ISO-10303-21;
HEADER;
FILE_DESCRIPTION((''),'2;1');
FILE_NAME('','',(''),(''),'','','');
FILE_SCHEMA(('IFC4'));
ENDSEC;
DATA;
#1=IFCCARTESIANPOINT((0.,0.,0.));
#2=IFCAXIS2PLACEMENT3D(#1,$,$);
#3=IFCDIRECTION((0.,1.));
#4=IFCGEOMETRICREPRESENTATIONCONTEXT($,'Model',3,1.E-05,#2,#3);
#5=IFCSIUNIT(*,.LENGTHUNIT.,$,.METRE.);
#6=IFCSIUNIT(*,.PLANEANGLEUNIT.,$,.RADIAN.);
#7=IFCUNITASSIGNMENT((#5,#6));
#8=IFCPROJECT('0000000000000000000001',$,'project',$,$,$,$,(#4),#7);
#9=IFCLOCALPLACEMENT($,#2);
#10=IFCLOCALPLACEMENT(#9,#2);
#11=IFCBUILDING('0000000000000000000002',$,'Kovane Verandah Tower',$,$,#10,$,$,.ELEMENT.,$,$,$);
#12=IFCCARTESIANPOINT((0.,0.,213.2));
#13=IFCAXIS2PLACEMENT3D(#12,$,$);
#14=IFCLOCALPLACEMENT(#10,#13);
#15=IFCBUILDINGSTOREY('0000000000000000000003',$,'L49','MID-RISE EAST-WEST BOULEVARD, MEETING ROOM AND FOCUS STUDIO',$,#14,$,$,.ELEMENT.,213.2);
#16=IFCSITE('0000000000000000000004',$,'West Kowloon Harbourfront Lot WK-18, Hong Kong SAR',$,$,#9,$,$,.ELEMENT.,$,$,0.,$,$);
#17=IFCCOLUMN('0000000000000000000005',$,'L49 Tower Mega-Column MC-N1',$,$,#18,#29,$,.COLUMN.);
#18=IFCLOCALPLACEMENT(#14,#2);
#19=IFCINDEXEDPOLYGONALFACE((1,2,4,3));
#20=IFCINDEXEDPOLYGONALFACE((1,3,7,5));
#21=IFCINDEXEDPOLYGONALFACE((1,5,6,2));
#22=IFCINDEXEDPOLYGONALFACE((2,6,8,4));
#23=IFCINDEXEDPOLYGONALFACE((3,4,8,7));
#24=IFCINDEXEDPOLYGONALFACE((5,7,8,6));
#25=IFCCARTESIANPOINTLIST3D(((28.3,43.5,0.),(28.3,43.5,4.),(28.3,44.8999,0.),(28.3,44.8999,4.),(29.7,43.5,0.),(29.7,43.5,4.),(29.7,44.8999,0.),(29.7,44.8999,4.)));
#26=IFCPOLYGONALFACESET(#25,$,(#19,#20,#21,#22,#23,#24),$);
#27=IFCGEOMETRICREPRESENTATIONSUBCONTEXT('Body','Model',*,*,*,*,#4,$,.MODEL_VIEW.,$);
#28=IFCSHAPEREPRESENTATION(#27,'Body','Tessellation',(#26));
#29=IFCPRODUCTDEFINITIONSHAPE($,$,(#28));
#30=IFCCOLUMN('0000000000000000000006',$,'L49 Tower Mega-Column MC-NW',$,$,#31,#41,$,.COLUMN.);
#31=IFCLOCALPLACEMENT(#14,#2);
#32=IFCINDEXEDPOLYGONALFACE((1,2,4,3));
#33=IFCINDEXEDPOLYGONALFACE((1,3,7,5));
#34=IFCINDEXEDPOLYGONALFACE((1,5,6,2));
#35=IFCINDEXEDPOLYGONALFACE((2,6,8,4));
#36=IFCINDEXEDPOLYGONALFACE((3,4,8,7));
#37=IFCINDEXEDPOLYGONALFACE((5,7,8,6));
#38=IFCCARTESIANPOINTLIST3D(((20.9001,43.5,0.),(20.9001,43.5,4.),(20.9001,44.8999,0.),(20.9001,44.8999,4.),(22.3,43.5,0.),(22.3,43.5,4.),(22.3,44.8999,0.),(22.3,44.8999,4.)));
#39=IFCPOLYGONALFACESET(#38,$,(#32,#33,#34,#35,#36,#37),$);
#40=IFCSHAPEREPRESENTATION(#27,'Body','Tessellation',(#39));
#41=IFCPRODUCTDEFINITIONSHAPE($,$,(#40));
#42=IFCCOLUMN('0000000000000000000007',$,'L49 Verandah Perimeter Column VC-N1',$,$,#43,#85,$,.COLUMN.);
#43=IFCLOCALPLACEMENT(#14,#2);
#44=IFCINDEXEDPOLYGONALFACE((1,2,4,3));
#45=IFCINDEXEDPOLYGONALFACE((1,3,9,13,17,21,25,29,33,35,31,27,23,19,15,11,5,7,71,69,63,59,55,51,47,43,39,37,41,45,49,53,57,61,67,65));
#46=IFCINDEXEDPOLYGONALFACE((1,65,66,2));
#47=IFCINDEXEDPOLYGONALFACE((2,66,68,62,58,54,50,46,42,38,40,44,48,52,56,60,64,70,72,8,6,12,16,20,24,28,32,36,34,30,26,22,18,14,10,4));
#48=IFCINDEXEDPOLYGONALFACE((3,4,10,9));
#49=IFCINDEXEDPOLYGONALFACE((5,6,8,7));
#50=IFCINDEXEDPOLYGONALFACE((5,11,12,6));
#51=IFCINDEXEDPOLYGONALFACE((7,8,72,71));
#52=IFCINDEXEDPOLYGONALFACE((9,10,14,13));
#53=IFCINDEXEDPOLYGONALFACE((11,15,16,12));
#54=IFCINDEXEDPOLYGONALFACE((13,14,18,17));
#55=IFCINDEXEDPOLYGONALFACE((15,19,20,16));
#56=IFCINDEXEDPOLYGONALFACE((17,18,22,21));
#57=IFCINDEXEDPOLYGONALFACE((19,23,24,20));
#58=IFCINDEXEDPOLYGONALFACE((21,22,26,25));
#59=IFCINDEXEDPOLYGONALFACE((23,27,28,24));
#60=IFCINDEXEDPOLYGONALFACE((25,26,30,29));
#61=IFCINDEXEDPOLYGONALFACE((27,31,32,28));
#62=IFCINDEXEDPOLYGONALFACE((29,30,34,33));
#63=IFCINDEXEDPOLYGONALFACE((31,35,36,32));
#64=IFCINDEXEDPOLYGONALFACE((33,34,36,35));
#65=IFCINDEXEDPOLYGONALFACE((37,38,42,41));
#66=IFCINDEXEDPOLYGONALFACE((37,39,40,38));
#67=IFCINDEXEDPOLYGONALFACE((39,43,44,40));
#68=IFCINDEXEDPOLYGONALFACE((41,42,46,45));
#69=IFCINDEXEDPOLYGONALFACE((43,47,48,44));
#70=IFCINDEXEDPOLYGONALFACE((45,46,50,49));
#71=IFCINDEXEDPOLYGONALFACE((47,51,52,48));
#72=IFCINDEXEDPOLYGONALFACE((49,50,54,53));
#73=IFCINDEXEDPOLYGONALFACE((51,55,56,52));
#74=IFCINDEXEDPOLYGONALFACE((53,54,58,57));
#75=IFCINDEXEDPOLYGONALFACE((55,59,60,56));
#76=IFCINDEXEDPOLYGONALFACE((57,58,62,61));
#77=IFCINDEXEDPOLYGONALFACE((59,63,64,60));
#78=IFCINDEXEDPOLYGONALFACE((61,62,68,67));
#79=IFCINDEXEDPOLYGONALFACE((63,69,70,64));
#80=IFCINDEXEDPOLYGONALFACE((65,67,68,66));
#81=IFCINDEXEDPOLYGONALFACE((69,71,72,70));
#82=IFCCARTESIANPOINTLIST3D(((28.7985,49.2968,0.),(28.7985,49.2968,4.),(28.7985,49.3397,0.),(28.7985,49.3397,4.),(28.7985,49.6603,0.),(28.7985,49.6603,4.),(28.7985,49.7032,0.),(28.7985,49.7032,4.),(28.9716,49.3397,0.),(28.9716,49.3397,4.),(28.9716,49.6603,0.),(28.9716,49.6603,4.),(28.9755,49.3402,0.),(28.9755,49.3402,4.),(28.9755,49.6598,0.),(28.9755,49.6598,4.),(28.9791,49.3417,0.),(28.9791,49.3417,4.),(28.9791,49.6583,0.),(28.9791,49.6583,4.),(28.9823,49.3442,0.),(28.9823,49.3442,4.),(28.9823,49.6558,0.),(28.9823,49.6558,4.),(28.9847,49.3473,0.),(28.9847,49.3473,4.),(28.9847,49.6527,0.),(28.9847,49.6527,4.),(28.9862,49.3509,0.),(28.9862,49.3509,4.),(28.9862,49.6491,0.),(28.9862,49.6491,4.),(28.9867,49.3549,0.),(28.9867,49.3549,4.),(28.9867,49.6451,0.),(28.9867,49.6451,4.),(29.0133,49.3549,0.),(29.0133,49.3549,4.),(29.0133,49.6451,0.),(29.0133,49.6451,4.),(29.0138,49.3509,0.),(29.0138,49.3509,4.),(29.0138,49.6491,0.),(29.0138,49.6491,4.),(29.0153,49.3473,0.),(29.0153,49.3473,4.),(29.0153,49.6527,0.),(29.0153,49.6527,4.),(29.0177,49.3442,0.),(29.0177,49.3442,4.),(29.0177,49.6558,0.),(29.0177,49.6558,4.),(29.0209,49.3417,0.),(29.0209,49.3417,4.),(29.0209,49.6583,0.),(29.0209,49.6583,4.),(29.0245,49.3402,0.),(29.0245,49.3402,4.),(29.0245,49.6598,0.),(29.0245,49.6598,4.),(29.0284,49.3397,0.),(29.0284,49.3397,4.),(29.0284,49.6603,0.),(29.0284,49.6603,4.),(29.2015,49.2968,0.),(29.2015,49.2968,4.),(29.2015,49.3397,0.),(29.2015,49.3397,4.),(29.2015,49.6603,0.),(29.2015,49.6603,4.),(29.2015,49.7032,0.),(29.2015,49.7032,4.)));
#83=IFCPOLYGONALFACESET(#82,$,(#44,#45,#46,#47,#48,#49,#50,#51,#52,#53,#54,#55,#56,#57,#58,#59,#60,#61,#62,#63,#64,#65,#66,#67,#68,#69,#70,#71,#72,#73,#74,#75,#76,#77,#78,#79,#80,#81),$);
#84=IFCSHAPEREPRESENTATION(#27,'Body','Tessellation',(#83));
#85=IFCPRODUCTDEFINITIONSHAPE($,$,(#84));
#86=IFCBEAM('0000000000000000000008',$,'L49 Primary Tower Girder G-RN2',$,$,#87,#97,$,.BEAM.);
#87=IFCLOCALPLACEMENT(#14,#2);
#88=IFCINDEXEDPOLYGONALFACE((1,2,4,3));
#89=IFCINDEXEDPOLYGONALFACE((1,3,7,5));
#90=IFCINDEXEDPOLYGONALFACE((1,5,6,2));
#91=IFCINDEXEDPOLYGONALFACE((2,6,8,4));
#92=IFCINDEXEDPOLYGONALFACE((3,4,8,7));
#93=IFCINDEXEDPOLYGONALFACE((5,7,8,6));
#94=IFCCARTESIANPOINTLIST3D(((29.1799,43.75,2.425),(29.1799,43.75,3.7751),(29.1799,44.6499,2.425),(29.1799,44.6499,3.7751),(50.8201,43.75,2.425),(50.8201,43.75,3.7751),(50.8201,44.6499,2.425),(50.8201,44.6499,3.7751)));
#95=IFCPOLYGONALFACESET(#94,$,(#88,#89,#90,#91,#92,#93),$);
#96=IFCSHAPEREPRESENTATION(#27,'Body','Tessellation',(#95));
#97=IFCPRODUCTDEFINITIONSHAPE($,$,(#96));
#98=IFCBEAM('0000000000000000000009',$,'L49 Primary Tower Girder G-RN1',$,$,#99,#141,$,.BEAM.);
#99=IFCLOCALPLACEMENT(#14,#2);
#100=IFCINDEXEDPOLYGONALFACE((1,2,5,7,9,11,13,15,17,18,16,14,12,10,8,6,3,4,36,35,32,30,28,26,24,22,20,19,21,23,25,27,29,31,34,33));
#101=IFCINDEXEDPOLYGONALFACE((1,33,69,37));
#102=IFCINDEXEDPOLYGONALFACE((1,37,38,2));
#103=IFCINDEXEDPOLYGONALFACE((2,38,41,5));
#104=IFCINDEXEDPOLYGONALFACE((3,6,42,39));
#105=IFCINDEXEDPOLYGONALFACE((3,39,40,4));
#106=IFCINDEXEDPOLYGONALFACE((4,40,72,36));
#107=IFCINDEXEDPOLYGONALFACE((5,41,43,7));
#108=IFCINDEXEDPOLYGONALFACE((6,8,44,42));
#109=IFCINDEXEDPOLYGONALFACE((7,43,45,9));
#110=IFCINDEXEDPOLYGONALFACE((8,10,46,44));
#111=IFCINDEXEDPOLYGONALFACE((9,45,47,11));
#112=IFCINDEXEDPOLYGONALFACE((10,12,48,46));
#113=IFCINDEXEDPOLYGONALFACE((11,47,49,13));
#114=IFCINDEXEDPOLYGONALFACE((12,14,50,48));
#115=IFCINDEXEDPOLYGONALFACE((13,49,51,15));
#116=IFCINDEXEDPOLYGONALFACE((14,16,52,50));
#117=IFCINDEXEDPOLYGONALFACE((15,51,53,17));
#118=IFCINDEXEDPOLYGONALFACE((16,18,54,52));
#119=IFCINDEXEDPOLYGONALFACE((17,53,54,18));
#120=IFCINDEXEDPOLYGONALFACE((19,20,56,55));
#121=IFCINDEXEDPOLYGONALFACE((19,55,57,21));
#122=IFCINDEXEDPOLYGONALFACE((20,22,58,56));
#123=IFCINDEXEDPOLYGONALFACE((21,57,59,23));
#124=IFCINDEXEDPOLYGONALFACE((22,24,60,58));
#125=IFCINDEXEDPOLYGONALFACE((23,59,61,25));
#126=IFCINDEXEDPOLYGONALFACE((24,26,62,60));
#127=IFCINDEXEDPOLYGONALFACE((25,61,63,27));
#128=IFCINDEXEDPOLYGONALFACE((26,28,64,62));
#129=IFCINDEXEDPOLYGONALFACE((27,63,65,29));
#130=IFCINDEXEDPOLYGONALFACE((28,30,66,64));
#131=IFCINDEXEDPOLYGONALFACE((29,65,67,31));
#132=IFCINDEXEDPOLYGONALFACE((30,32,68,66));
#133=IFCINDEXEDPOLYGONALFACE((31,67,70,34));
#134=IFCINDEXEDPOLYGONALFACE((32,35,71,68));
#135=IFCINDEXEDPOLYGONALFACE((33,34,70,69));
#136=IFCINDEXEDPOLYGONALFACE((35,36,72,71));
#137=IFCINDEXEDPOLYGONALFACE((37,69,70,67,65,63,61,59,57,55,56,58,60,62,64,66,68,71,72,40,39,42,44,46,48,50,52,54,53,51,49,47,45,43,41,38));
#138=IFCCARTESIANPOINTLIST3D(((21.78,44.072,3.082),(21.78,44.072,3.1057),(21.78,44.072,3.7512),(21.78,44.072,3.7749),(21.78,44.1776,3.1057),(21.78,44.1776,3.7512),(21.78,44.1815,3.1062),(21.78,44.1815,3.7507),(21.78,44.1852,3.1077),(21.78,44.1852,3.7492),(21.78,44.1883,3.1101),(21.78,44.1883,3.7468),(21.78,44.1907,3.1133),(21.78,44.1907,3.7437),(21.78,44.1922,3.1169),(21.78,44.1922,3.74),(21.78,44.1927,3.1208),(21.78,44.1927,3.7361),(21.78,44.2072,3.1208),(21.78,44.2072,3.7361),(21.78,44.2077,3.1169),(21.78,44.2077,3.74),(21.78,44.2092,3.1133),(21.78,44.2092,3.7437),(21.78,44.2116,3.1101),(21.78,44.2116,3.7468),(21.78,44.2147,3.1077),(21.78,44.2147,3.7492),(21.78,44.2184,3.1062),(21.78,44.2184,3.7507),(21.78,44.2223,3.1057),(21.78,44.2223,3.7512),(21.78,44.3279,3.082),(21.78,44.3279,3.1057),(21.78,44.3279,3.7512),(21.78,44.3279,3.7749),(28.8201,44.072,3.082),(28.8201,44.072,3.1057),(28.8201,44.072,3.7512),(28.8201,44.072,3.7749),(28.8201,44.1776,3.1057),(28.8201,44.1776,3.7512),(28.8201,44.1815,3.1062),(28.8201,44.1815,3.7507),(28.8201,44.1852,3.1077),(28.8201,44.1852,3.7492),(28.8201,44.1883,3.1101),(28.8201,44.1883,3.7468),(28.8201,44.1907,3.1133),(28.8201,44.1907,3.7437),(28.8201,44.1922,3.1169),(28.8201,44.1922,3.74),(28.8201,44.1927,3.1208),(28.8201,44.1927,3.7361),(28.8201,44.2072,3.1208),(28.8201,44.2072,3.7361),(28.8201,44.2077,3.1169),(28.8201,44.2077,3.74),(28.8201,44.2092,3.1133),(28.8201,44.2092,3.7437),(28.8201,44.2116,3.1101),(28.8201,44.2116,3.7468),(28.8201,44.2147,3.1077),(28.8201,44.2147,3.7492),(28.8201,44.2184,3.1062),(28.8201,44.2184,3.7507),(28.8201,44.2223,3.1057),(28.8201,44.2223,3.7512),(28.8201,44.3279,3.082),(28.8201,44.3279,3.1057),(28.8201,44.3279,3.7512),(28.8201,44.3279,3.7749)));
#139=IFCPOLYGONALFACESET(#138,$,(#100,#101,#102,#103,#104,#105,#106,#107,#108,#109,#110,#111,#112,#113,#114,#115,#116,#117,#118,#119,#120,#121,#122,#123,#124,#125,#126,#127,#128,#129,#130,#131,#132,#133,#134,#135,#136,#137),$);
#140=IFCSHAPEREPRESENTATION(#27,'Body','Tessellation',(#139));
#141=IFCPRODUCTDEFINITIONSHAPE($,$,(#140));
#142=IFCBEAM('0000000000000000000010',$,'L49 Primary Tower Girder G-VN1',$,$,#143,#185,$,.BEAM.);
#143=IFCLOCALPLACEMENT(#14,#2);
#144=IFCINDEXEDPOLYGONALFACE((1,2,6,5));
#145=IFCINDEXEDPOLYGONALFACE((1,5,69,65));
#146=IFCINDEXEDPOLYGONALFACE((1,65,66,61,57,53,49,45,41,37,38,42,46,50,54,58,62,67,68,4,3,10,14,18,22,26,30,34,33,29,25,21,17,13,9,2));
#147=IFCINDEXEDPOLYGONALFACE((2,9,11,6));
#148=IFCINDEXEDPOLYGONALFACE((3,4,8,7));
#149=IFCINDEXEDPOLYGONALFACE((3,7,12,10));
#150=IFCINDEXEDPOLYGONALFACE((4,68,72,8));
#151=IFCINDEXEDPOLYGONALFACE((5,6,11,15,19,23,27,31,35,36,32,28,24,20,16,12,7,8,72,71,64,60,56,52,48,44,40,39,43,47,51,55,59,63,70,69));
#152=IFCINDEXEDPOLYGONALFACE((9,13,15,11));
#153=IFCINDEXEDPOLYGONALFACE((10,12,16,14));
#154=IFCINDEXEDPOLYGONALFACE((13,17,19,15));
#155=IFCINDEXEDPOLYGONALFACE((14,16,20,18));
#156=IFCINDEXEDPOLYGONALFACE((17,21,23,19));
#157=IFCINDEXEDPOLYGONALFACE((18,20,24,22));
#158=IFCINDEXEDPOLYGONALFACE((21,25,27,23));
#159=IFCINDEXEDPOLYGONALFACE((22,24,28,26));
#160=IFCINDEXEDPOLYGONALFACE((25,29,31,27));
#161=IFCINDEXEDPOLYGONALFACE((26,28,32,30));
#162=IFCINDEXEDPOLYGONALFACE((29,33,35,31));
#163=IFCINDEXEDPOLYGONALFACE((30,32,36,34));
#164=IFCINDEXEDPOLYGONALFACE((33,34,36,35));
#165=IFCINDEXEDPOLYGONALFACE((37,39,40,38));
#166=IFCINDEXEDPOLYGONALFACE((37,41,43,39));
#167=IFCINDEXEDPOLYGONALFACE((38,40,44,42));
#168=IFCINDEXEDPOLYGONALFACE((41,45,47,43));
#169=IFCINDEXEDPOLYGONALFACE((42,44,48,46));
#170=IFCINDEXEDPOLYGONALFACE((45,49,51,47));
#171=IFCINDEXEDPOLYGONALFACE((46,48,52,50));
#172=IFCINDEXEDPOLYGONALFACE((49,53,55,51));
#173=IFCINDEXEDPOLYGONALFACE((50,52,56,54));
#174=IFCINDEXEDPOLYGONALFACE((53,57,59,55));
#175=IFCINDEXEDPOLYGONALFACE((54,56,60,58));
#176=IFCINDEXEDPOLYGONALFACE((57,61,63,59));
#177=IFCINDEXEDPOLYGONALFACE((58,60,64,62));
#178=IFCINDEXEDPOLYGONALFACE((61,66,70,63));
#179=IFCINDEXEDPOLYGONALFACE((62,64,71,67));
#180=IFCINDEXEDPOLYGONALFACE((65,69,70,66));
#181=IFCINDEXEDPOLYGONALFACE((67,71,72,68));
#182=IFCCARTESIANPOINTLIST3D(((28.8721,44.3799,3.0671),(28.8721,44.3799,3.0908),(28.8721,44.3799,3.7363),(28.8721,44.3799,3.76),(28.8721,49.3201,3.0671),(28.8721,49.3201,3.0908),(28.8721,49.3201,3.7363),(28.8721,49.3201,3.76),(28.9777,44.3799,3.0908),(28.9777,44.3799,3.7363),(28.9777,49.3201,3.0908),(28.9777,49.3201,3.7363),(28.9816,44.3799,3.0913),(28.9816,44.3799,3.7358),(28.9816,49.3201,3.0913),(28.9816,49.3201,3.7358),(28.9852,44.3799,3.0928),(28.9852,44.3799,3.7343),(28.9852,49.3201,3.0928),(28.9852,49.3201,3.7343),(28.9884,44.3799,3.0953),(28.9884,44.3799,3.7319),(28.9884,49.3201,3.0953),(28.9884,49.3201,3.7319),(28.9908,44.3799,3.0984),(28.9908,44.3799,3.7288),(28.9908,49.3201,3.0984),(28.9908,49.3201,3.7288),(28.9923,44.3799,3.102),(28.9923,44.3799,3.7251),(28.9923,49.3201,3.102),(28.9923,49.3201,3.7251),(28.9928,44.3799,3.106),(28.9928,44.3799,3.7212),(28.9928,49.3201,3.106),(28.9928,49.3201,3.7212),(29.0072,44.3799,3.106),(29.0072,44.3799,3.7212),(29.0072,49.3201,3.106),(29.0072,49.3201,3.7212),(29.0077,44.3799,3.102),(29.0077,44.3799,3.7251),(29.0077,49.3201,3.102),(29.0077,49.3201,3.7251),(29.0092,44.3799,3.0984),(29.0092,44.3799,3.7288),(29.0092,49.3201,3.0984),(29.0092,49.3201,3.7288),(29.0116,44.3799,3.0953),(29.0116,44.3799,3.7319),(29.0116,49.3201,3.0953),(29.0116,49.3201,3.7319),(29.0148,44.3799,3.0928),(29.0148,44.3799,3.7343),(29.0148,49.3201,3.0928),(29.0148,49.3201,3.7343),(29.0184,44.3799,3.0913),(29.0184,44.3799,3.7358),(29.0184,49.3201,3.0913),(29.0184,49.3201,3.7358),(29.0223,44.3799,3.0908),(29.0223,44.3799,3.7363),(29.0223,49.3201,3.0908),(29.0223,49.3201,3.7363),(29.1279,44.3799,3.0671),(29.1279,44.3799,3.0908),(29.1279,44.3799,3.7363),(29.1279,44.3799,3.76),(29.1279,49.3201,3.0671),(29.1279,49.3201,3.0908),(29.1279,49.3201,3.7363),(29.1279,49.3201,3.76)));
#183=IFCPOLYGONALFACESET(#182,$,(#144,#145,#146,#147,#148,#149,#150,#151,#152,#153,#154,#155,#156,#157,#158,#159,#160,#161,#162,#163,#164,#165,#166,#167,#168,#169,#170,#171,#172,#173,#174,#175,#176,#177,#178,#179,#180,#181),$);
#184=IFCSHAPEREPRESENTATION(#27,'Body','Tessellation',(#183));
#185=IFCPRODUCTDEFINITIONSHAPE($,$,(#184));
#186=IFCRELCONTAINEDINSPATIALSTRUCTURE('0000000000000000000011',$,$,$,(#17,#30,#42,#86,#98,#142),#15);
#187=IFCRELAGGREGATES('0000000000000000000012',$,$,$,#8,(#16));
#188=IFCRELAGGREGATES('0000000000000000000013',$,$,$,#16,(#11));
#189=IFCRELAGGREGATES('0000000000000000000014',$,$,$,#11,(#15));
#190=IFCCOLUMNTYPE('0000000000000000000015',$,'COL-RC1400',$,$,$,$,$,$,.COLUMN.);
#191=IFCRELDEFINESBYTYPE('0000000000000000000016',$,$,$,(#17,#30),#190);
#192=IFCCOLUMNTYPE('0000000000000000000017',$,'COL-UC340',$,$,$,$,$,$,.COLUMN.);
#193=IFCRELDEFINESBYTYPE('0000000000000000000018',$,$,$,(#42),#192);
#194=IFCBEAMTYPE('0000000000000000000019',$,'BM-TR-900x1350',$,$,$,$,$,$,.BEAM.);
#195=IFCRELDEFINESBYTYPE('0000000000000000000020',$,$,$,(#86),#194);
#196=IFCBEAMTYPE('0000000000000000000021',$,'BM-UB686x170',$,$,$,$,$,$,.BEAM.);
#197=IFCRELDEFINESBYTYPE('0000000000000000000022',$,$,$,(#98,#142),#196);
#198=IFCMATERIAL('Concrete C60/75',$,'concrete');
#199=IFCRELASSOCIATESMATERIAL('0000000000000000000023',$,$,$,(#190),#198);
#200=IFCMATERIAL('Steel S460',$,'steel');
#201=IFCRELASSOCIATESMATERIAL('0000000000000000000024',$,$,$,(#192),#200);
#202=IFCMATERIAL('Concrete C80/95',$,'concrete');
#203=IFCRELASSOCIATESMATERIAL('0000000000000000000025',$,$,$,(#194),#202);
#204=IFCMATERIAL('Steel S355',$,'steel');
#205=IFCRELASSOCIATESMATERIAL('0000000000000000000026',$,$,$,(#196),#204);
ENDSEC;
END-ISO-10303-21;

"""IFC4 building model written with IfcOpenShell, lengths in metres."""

from ifc_helpers import new_model, si_unit, direction, frame, origin, origin_2d, place, context, subcontext, project, spatial, rectangle, i_section, extrude, material, material_profile, profile_set, type_object, element, save


model = new_model("IFC4")

# Units and contexts
model_context = context("Model", 3, precision=1e-05, world=origin(), true_north=direction((0.0, 1.0)))
body_context = subcontext(model_context, "Body", "Model", "MODEL_VIEW")
ifc_project = project(units=[si_unit("LENGTHUNIT", "METRE"), si_unit("PLANEANGLEUNIT", "RADIAN")], contexts=[model_context])

# Site, building, storey
site_placement = place(None, origin())
site = spatial("IfcSite", under=ifc_project, at=site_placement, Name="West Kowloon Harbourfront Lot WK-18, Hong Kong SAR", CompositionType="ELEMENT", RefElevation=0.0)
building_placement = place(site_placement, origin())
building = spatial("IfcBuilding", under=site, at=building_placement, Name="Kovane Verandah Tower", CompositionType="ELEMENT")
storey_placement = place(building_placement, frame((0.0, 0.0, 213.2)))
storey = spatial("IfcBuildingStorey", under=building, at=storey_placement, Name="L49", Description="MID-RISE EAST-WEST BOULEVARD, MEETING ROOM AND FOCUS STUDIO", CompositionType="ELEMENT", Elevation=213.2)

# Columns
ifc_material_1 = material(Name="Concrete C60/75", Category="concrete")
ifc_material_profile_1 = material_profile(ifc_material_1, rectangle(XDim=1.3999, YDim=1.3999, at=origin_2d()), Name="RC1400x1400")
ifc_profile_set_1 = profile_set([ifc_material_profile_1], Name="Concrete C60/75")
column_type_1 = type_object("IfcColumnType", Name="COL-RC1400", PredefinedType="COLUMN", material=ifc_profile_set_1)
for number, where, z_axis, x_axis, name in (
    (1, (29.0, 44.2, 0.0), (0.0, 0.0, 1.0), (1.0, 0.0, 0.0), "L49 Tower Mega-Column MC-N1"),
    (2, (21.6001, 44.2, 0.0), (0.0, 0.0, 1.0), (1.0, 0.0, 0.0), "L49 Tower Mega-Column MC-NW"),
):
    element("IfcColumn", number, at=place(storey_placement, frame(where, z_axis=z_axis, x_axis=x_axis)), inside=storey, type_object=column_type_1, Name=name, PredefinedType="COLUMN", context=body_context, shape_type="SweptSolid", body=[
        extrude(rectangle(XDim=1.3999, YDim=1.3999, at=origin_2d()), origin(), (0.0, 0.0, 1.0), 4.0),
    ])
ifc_material_2 = material(Name="Steel S460", Category="steel")
ifc_material_profile_2 = material_profile(ifc_material_2, i_section(OverallWidth=0.4031, OverallDepth=0.4065, WebThickness=0.0266, FlangeThickness=0.043, FilletRadius=0.0151, at=origin_2d()), Name="UC356x406x340")
ifc_profile_set_2 = profile_set([ifc_material_profile_2], Name="Steel S460")
column_type_2 = type_object("IfcColumnType", Name="COL-UC340", PredefinedType="COLUMN", material=ifc_profile_set_2)
column_placement = place(storey_placement, frame((29.0, 49.5, 0.0), z_axis=(0.0, 0.0, 1.0), x_axis=(1.0, 0.0, 0.0)))
element("IfcColumn", 3, at=column_placement, inside=storey, type_object=column_type_2, Name="L49 Verandah Perimeter Column VC-N1", PredefinedType="COLUMN", context=body_context, shape_type="SweptSolid", body=[
    extrude(i_section(OverallWidth=0.4031, OverallDepth=0.4065, WebThickness=0.0266, FlangeThickness=0.043, FilletRadius=0.0151, at=origin_2d()), origin(), (0.0, 0.0, 1.0), 4.0),
])

# Beams
ifc_material_3 = material(Name="Concrete C80/95", Category="concrete")
ifc_material_profile_3 = material_profile(ifc_material_3, rectangle(XDim=0.8999, YDim=1.3501, at=origin_2d()), Name="RCB900x1350")
ifc_profile_set_3 = profile_set([ifc_material_profile_3], Name="Concrete C80/95")
beam_type_1 = type_object("IfcBeamType", Name="BM-TR-900x1350", PredefinedType="BEAM", material=ifc_profile_set_3)
beam_1_placement = place(storey_placement, frame((29.1799, 44.2, 3.1001), z_axis=(1.0, 0.0, 0.0), x_axis=(0.0, 1.0, 0.0)))
element("IfcBeam", 4, at=beam_1_placement, inside=storey, type_object=beam_type_1, Name="L49 Primary Tower Girder G-RN2", PredefinedType="BEAM", context=body_context, shape_type="SweptSolid", body=[
    extrude(rectangle(XDim=0.8999, YDim=1.3501, at=origin_2d()), origin(), (0.0, 0.0, 1.0), 21.6401),
])
ifc_material_4 = material(Name="Steel S355", Category="steel")
ifc_material_profile_4 = material_profile(ifc_material_4, i_section(OverallWidth=0.2559, OverallDepth=0.6929, WebThickness=0.0144, FlangeThickness=0.0237, FilletRadius=0.0151, at=origin_2d()), Name="UB686x254x170")
ifc_profile_set_4 = profile_set([ifc_material_profile_4], Name="Steel S355")
beam_type_2 = type_object("IfcBeamType", Name="BM-UB686x170", PredefinedType="BEAM", material=ifc_profile_set_4)
beam_2_placement = place(storey_placement, frame((21.78, 44.2, 3.4285), z_axis=(1.0, 0.0, 0.0), x_axis=(0.0, 1.0, 0.0)))
element("IfcBeam", 5, at=beam_2_placement, inside=storey, type_object=beam_type_2, Name="L49 Primary Tower Girder G-RN1", PredefinedType="BEAM", context=body_context, shape_type="SweptSolid", body=[
    extrude(i_section(OverallWidth=0.2559, OverallDepth=0.6929, WebThickness=0.0144, FlangeThickness=0.0237, FilletRadius=0.0151, at=origin_2d()), origin(), (0.0, 0.0, 1.0), 7.04),
])
beam_3_placement = place(storey_placement, frame((29.0, 44.3799, 3.4136), z_axis=(0.0, 1.0, 0.0), x_axis=(-1.0, 0.0, 0.0)))
element("IfcBeam", 6, at=beam_3_placement, inside=storey, type_object=beam_type_2, Name="L49 Primary Tower Girder G-VN1", PredefinedType="BEAM", context=body_context, shape_type="SweptSolid", body=[
    extrude(i_section(OverallWidth=0.2559, OverallDepth=0.6929, WebThickness=0.0144, FlangeThickness=0.0237, FilletRadius=0.0151, at=origin_2d()), origin(), (0.0, 0.0, 1.0), 4.9402),
])

save(model, "model.ifc")
